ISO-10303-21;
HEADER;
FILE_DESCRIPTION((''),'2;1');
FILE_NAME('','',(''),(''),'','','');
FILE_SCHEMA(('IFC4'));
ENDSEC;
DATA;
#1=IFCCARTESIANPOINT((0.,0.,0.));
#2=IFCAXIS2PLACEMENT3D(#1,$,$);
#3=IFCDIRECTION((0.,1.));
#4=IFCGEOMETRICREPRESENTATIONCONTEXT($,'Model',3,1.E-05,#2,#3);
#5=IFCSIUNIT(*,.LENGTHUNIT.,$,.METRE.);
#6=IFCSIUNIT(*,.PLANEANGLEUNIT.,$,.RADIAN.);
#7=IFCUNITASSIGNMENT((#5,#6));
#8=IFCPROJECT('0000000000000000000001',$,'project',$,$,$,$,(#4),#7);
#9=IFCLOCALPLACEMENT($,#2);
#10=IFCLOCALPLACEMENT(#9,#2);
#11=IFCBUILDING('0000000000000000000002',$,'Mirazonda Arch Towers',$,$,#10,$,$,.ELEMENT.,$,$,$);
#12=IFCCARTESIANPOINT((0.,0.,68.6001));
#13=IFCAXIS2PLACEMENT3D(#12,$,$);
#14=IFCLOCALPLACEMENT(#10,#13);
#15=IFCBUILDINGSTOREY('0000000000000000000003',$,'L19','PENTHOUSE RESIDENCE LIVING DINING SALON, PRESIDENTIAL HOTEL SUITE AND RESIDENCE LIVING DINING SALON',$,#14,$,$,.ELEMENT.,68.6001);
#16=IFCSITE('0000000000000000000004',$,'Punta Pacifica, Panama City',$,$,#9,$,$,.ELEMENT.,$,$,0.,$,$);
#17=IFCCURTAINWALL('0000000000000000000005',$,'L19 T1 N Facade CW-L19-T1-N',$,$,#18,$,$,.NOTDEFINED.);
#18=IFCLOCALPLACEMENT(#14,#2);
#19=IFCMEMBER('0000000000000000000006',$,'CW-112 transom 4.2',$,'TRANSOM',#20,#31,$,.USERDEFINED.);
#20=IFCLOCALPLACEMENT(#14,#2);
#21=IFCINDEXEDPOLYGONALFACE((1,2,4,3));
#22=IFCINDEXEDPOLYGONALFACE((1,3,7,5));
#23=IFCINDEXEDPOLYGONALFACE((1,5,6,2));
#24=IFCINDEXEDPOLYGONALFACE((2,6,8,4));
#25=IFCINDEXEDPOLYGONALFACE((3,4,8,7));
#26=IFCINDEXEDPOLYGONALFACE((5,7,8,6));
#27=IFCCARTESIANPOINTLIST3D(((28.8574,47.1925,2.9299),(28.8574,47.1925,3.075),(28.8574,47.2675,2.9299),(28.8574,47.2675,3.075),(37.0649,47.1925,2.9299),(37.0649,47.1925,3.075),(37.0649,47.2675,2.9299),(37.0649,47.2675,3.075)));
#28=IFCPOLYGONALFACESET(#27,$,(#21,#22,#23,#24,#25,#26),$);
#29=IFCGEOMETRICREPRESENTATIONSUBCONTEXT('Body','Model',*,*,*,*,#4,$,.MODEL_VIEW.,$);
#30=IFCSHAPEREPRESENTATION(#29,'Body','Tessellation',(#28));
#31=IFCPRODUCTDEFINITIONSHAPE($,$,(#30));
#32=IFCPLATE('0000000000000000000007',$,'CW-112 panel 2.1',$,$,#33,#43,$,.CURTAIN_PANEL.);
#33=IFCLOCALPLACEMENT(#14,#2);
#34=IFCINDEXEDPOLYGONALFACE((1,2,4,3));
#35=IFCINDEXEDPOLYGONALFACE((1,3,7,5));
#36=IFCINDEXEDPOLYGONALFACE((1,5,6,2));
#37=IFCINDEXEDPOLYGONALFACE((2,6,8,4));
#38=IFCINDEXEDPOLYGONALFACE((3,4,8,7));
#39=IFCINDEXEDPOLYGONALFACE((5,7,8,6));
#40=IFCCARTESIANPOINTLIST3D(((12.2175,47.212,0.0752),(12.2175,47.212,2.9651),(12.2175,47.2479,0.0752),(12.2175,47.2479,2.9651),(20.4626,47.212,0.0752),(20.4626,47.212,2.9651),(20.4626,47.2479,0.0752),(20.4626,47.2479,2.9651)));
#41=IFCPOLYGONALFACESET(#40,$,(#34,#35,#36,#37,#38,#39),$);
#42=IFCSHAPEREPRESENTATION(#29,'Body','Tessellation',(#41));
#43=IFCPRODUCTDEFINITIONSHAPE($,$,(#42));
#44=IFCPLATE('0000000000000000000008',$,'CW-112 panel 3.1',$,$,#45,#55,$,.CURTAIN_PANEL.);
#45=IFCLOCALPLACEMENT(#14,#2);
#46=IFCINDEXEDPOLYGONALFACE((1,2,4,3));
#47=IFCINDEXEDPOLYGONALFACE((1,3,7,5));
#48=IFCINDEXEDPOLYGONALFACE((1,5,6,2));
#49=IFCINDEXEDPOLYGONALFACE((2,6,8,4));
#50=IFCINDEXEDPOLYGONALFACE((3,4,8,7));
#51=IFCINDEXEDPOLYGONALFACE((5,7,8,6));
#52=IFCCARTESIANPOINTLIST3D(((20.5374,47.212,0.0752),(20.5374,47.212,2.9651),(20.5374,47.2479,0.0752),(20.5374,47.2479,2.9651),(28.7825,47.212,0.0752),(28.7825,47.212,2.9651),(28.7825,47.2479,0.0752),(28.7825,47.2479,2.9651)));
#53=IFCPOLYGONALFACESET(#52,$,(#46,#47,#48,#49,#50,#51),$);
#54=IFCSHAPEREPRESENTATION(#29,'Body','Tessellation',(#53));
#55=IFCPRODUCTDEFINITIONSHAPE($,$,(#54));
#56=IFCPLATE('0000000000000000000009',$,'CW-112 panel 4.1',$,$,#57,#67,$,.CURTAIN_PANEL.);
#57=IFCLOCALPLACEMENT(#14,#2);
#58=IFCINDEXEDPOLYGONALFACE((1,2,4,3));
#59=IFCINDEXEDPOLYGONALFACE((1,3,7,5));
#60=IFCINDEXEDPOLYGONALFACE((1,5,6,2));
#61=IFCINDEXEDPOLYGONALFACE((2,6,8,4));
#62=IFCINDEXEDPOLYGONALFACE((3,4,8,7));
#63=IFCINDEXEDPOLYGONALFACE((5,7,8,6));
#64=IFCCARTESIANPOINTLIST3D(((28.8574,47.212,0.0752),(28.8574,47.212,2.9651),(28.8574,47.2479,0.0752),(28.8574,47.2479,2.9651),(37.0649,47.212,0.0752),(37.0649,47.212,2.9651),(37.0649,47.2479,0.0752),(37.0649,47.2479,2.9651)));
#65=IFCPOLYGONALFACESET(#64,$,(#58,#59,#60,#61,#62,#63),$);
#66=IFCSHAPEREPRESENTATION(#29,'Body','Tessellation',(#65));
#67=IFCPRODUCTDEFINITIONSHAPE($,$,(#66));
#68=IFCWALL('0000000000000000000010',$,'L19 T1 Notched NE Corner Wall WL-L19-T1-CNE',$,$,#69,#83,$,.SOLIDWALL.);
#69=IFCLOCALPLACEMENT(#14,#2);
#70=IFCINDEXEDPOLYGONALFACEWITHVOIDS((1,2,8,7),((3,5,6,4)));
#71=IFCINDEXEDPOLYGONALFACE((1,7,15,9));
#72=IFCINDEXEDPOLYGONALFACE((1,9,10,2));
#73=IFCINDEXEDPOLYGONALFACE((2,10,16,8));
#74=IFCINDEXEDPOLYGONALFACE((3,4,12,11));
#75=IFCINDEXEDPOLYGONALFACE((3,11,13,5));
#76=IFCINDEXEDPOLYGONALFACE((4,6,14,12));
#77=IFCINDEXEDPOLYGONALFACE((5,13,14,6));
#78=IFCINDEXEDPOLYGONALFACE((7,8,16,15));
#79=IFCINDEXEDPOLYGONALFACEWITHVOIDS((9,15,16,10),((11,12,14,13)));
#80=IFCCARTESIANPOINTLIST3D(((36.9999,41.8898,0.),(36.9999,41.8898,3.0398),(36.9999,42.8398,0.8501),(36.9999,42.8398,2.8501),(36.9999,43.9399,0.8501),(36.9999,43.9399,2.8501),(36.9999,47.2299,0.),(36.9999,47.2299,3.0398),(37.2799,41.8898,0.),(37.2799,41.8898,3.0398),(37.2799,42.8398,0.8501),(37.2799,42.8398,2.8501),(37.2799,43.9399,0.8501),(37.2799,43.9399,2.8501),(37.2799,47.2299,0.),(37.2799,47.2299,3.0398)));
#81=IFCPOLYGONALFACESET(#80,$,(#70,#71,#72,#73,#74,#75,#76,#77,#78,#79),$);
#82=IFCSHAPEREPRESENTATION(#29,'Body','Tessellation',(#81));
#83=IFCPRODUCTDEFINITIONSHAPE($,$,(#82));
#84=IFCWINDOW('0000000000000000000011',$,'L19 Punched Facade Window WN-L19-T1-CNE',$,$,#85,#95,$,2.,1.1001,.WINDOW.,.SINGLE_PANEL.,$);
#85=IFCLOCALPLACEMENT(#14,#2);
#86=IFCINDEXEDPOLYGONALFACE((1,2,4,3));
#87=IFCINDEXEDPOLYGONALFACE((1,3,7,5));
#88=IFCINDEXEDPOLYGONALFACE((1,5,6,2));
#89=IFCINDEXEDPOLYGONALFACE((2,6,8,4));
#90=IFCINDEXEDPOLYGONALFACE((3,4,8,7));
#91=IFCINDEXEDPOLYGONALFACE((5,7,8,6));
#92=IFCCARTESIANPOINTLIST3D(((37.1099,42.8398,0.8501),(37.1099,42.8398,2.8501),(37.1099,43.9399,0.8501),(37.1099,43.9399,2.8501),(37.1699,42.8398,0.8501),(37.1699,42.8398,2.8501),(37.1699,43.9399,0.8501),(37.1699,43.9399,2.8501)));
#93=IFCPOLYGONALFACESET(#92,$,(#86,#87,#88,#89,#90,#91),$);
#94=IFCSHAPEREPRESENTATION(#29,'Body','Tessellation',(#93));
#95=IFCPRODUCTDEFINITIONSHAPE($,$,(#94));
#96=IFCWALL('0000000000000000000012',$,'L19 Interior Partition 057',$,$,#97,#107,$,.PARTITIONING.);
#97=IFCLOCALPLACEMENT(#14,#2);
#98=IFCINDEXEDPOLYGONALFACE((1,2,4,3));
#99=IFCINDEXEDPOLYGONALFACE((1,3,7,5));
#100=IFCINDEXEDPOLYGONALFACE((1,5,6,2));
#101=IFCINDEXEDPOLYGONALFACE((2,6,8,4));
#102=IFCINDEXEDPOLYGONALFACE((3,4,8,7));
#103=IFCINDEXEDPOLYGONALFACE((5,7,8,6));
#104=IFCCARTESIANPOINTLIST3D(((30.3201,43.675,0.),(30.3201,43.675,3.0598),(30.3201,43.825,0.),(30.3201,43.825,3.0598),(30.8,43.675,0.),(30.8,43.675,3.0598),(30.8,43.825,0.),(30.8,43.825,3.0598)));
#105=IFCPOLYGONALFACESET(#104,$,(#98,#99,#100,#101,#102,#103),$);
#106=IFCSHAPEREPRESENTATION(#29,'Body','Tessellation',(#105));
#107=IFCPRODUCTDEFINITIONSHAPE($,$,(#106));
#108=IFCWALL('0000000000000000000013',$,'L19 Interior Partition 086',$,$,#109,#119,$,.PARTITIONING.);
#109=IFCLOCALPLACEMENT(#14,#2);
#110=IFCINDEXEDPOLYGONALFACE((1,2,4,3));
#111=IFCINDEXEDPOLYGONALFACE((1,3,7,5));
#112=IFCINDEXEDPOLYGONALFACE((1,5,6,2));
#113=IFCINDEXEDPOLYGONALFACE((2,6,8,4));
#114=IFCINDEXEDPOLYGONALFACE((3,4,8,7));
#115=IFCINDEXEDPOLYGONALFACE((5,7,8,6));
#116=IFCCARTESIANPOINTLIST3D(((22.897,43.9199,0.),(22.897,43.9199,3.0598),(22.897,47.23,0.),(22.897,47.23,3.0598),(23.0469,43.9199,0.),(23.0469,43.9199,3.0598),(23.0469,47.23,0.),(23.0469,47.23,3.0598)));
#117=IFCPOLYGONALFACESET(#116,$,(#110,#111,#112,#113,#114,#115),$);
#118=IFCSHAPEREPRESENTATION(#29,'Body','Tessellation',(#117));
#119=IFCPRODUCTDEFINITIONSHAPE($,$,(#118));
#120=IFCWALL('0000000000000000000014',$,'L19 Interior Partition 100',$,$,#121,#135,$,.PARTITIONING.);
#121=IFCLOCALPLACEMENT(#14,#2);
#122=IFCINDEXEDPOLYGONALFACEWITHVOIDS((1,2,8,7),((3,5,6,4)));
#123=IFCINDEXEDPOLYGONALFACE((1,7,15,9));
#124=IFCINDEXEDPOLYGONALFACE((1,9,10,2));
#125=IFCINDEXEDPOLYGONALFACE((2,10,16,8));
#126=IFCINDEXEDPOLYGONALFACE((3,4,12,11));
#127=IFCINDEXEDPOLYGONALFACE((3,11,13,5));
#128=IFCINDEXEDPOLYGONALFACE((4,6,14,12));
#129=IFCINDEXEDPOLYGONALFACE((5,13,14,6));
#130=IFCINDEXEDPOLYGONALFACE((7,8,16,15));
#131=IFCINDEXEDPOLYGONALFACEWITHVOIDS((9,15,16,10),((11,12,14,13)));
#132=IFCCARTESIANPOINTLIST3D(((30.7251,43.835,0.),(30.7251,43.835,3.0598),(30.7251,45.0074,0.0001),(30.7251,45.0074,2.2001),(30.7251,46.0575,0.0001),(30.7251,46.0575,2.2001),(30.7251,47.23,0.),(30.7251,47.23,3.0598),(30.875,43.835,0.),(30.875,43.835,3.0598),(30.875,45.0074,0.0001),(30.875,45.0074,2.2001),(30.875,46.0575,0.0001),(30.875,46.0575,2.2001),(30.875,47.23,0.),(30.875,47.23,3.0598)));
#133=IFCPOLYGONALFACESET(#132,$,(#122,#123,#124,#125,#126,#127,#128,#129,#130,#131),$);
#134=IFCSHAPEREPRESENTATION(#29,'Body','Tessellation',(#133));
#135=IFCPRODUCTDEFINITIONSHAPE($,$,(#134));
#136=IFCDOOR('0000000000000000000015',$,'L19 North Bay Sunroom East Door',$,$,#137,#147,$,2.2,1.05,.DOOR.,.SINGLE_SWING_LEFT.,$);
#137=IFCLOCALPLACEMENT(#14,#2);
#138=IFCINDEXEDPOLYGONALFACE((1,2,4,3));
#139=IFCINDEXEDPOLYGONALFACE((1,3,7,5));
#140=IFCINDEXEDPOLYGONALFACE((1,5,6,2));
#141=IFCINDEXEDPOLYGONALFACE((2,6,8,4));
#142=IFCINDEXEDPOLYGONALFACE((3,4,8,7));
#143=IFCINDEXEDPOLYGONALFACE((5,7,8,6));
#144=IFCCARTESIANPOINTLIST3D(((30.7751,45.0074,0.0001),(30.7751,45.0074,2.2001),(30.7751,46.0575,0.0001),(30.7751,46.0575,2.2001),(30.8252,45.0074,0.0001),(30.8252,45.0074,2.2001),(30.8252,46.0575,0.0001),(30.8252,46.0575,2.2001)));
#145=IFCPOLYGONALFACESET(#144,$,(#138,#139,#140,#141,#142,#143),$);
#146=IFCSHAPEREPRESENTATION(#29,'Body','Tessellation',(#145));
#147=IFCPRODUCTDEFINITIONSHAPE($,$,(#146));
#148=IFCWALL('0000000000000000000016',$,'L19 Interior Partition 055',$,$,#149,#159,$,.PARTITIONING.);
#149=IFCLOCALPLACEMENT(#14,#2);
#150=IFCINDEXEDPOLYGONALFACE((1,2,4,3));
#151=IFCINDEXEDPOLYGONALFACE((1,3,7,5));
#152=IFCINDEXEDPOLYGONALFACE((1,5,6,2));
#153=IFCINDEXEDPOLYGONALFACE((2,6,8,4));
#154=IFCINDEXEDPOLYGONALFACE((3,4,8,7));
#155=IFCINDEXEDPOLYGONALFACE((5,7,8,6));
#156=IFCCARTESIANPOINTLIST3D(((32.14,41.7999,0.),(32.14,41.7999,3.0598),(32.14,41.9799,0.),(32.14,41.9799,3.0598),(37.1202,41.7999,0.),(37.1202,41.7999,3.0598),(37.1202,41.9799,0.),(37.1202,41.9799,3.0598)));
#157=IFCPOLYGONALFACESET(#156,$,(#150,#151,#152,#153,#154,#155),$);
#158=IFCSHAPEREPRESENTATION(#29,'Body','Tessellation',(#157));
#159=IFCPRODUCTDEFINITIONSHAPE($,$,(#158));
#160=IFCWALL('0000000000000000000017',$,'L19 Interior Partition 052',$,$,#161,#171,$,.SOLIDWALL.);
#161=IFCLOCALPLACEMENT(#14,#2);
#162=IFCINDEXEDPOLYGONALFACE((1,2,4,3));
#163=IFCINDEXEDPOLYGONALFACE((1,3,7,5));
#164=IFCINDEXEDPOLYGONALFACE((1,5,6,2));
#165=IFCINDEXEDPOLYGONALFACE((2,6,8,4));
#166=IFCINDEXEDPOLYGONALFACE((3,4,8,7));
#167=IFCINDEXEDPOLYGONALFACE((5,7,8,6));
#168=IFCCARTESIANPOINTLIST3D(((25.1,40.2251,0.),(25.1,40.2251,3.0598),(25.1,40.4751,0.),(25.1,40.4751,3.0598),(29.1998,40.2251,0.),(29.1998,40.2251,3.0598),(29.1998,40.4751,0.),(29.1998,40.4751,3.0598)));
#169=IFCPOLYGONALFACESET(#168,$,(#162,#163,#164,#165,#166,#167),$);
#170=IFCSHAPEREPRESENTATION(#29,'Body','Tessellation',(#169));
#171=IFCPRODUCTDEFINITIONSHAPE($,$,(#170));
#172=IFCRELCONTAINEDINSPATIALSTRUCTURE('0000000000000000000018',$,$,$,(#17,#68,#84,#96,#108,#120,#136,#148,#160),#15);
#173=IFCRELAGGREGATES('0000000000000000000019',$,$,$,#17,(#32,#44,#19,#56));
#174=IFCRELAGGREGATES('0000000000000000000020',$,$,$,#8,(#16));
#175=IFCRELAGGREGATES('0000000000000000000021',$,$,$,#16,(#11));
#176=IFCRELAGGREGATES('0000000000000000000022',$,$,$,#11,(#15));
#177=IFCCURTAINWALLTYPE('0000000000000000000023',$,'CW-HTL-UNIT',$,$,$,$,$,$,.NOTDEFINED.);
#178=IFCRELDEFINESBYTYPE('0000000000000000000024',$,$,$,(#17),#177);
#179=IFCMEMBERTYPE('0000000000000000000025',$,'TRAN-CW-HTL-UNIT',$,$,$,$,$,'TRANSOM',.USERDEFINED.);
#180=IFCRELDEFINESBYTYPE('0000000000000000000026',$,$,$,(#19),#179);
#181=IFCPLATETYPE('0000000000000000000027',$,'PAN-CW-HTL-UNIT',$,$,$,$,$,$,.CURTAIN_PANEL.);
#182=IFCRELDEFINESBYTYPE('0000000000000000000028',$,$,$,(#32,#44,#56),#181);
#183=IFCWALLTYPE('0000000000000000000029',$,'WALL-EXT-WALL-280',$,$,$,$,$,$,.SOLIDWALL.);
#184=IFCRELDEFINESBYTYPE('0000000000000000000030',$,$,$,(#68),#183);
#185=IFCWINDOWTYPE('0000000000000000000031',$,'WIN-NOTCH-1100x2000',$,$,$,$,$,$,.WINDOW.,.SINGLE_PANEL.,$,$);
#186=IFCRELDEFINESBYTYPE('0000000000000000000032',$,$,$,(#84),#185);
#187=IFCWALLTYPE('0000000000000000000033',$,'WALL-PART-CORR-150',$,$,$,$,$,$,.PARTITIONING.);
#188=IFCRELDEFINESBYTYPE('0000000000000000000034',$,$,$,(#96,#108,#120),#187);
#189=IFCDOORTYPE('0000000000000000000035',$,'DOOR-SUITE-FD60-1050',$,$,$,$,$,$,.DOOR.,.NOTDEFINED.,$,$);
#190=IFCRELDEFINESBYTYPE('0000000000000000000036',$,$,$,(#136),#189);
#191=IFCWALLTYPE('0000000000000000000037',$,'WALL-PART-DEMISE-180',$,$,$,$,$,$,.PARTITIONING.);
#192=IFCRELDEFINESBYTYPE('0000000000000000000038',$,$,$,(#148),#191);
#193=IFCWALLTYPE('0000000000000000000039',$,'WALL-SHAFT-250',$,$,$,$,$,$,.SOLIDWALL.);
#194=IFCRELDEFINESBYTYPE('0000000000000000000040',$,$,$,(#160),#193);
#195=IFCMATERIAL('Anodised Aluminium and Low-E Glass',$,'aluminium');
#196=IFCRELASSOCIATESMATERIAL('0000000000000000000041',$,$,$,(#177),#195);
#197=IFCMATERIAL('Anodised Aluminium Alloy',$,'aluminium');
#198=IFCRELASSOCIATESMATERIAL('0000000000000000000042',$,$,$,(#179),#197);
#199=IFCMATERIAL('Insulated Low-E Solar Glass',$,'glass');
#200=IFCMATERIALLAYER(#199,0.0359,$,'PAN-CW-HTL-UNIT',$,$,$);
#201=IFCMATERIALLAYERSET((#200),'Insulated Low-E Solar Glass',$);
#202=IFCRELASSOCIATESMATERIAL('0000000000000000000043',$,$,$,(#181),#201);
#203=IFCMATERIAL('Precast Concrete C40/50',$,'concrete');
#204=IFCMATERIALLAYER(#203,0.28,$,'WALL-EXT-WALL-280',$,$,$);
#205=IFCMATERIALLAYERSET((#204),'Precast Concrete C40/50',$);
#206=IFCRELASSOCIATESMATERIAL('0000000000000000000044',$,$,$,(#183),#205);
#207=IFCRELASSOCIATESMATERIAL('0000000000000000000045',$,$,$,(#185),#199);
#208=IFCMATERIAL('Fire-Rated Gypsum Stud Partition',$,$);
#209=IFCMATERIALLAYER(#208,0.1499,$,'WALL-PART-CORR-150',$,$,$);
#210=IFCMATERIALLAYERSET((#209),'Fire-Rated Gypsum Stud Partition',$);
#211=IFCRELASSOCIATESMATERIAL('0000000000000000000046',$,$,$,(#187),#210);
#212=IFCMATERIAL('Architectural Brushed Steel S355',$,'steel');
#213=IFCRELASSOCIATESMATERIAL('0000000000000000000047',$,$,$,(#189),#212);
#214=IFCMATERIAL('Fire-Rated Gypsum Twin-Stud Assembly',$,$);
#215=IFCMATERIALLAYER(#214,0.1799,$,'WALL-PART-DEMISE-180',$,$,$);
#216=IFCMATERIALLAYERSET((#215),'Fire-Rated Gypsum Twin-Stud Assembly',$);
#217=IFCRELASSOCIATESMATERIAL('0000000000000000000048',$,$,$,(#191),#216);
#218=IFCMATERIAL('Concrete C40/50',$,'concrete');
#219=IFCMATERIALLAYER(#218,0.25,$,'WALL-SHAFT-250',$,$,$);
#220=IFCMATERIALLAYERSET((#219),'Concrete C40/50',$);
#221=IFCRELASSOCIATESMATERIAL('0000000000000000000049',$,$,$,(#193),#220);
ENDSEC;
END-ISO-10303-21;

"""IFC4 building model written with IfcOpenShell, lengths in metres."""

from ifc_helpers import new_model, si_unit, direction, frame, frame_2d, origin, origin_2d, place, context, subcontext, project, spatial, rectangle, extrude, material, layer, layer_set, material_profile, profile_set, type_object, element, fill, aggregate, save


model = new_model("IFC4")

# Units and contexts
model_context = context("Model", 3, precision=1e-05, world=origin(), true_north=direction((0.0, 1.0)))
body_context = subcontext(model_context, "Body", "Model", "MODEL_VIEW")
ifc_project = project(units=[si_unit("LENGTHUNIT", "METRE"), si_unit("PLANEANGLEUNIT", "RADIAN")], contexts=[model_context])

# Site, building, storey
site_placement = place(None, origin())
site = spatial("IfcSite", under=ifc_project, at=site_placement, Name="Punta Pacifica, Panama City", CompositionType="ELEMENT", RefElevation=0.0)
building_placement = place(site_placement, origin())
building = spatial("IfcBuilding", under=site, at=building_placement, Name="Mirazonda Arch Towers", CompositionType="ELEMENT")
storey_placement = place(building_placement, frame((0.0, 0.0, 68.6001)))
storey = spatial("IfcBuildingStorey", under=building, at=storey_placement, Name="L19", Description="PENTHOUSE RESIDENCE LIVING DINING SALON, PRESIDENTIAL HOTEL SUITE AND RESIDENCE LIVING DINING SALON", CompositionType="ELEMENT", Elevation=68.6001)

# Curtain wall, member, plates
ifc_material_1 = material(Name="Anodised Aluminium and Low-E Glass", Category="aluminium")
curtain_wall_type = type_object("IfcCurtainWallType", Name="CW-HTL-UNIT", PredefinedType="NOTDEFINED", material=ifc_material_1)
curtain_wall_placement = place(storey_placement, origin())
curtain_wall = element("IfcCurtainWall", 1, at=curtain_wall_placement, inside=storey, type_object=curtain_wall_type, Name="L19 T1 N Facade CW-L19-T1-N", PredefinedType="NOTDEFINED")
ifc_material_2 = material(Name="Anodised Aluminium Alloy", Category="aluminium")
ifc_material_profile_1 = material_profile(ifc_material_2, rectangle(XDim=0.075, YDim=0.145, at=origin_2d()), Name="ALU-TRAN-75x145")
ifc_profile_set_1 = profile_set([ifc_material_profile_1], Name="Anodised Aluminium Alloy")
member_type_1 = type_object("IfcMemberType", Name="TRAN-CW-HTL-UNIT", ElementType="TRANSOM", PredefinedType="USERDEFINED", material=ifc_profile_set_1)
member_1_placement = place(storey_placement, frame((28.8574, 47.23, 3.0024), z_axis=(1.0, 0.0, 0.0), x_axis=(0.0, 1.0, 0.0)))
member_1 = element("IfcMember", 2, at=member_1_placement, type_object=member_type_1, Name="CW-112 transom 4.2", ObjectType="TRANSOM", PredefinedType="USERDEFINED", context=body_context, shape_type="SweptSolid", body=[
    extrude(rectangle(XDim=0.075, YDim=0.145, at=origin_2d()), origin(), (0.0, 0.0, 1.0), 8.2075),
])
ifc_material_3 = material(Name="Insulated Low-E Solar Glass", Category="glass")
ifc_layer_1 = layer(ifc_material_3, 0.0359, Name="PAN-CW-HTL-UNIT")
ifc_layer_set_1 = layer_set([ifc_layer_1], Name="Insulated Low-E Solar Glass")
plate_type = type_object("IfcPlateType", Name="PAN-CW-HTL-UNIT", PredefinedType="CURTAIN_PANEL", material=ifc_layer_set_1)
plate_1_placement = place(storey_placement, frame((16.3401, 47.23, 0.0752), z_axis=(0.0, 0.0, 1.0), x_axis=(1.0, 0.0, 0.0)))
plate_1 = element("IfcPlate", 3, at=plate_1_placement, type_object=plate_type, Name="CW-112 panel 2.1", PredefinedType="CURTAIN_PANEL", context=body_context, shape_type="SweptSolid", body=[
    extrude(rectangle(XDim=8.2451, YDim=0.0359, at=origin_2d()), origin(), (0.0, 0.0, 1.0), 2.8899),
])
plate_2_placement = place(storey_placement, frame((24.6599, 47.23, 0.0752), z_axis=(0.0, 0.0, 1.0), x_axis=(1.0, 0.0, 0.0)))
plate_2 = element("IfcPlate", 4, at=plate_2_placement, type_object=plate_type, Name="CW-112 panel 3.1", PredefinedType="CURTAIN_PANEL", context=body_context, shape_type="SweptSolid", body=[
    extrude(rectangle(XDim=8.2451, YDim=0.0359, at=origin_2d()), origin(), (0.0, 0.0, 1.0), 2.8899),
])
plate_3_placement = place(storey_placement, frame((32.9612, 47.23, 0.0752), z_axis=(0.0, 0.0, 1.0), x_axis=(1.0, 0.0, 0.0)))
plate_3 = element("IfcPlate", 5, at=plate_3_placement, type_object=plate_type, Name="CW-112 panel 4.1", PredefinedType="CURTAIN_PANEL", context=body_context, shape_type="SweptSolid", body=[
    extrude(rectangle(XDim=8.2075, YDim=0.0359, at=origin_2d()), origin(), (0.0, 0.0, 1.0), 2.8899),
])
aggregate(curtain_wall, [plate_1, plate_2, member_1, plate_3])

# Wall, opening, window
ifc_material_4 = material(Name="Precast Concrete C40/50", Category="concrete")
ifc_layer_2 = layer(ifc_material_4, 0.28, Name="WALL-EXT-WALL-280")
ifc_layer_set_2 = layer_set([ifc_layer_2], Name="Precast Concrete C40/50")
wall_type_1 = type_object("IfcWallType", Name="WALL-EXT-WALL-280", PredefinedType="SOLIDWALL", material=ifc_layer_set_2)
wall_1_placement = place(storey_placement, frame((37.1399, 41.8899, 0.0), z_axis=(0.0, 0.0, 1.0), x_axis=(0.0, 1.0, 0.0)))
wall_1 = element("IfcWall", 6, at=wall_1_placement, inside=storey, type_object=wall_type_1, Name="L19 T1 Notched NE Corner Wall WL-L19-T1-CNE", PredefinedType="SOLIDWALL", context=body_context, shape_type="SweptSolid", body=[
    extrude(rectangle(XDim=5.3401, YDim=0.28, at=frame_2d((2.6699, 0.0))), origin(), (0.0, 0.0, 1.0), 3.0398),
])
opening_1_placement = place(wall_1_placement, frame((0.95, 0.0, 0.8501)))
opening_1 = element("IfcOpeningElement", 7, at=opening_1_placement, cuts=wall_1, PredefinedType="OPENING", context=body_context, shape_type="SweptSolid", body=[
    extrude(rectangle(XDim=1.1001, YDim=2.0, at=frame_2d((0.55, 1.0))), frame((0.0, 0.1499, 0.0), z_axis=(0.0, -1.0, 0.0), x_axis=(1.0, 0.0, 0.0)), (0.0, 0.0, 1.0), 0.3),
])
window_type = type_object("IfcWindowType", Name="WIN-NOTCH-1100x2000", PartitioningType="SINGLE_PANEL", PredefinedType="WINDOW", material=ifc_material_3)
window_placement = place(opening_1_placement, origin())
window = element("IfcWindow", 8, at=window_placement, inside=storey, type_object=window_type, Name="L19 Punched Facade Window WN-L19-T1-CNE", OverallHeight=2.0, OverallWidth=1.1001, PartitioningType="SINGLE_PANEL", PredefinedType="WINDOW", context=body_context, shape_type="SweptSolid", body=[
    extrude(rectangle(XDim=1.1001, YDim=2.0, at=frame_2d((0.55, 1.0))), frame((0.0, 0.03, 0.0), z_axis=(0.0, -1.0, 0.0), x_axis=(1.0, 0.0, 0.0)), (0.0, 0.0, 1.0), 0.0601),
])
fill(opening_1, window)

# Walls
ifc_material_5 = material(Name="Fire-Rated Gypsum Stud Partition")
ifc_layer_3 = layer(ifc_material_5, 0.1499, Name="WALL-PART-CORR-150")
ifc_layer_set_3 = layer_set([ifc_layer_3], Name="Fire-Rated Gypsum Stud Partition")
wall_type_2 = type_object("IfcWallType", Name="WALL-PART-CORR-150", PredefinedType="PARTITIONING", material=ifc_layer_set_3)
wall_2_placement = place(storey_placement, frame((30.3201, 43.75, 0.0), z_axis=(0.0, 0.0, 1.0), x_axis=(1.0, 0.0, 0.0)))
element("IfcWall", 9, at=wall_2_placement, inside=storey, type_object=wall_type_2, Name="L19 Interior Partition 057", PredefinedType="PARTITIONING", context=body_context, shape_type="SweptSolid", body=[
    extrude(rectangle(XDim=0.48, YDim=0.1499, at=frame_2d((0.24, 0.0))), origin(), (0.0, 0.0, 1.0), 3.0598),
])
wall_3_placement = place(storey_placement, frame((22.9719, 43.9199, 0.0), z_axis=(0.0, 0.0, 1.0), x_axis=(0.0, 1.0, 0.0)))
element("IfcWall", 10, at=wall_3_placement, inside=storey, type_object=wall_type_2, Name="L19 Interior Partition 086", PredefinedType="PARTITIONING", context=body_context, shape_type="SweptSolid", body=[
    extrude(rectangle(XDim=3.3101, YDim=0.1499, at=frame_2d((1.655, 0.0))), origin(), (0.0, 0.0, 1.0), 3.0598),
])

# Wall, opening, door
wall_4_placement = place(storey_placement, frame((30.8, 43.835, 0.0), z_axis=(0.0, 0.0, 1.0), x_axis=(0.0, 1.0, 0.0)))
wall_4 = element("IfcWall", 11, at=wall_4_placement, inside=storey, type_object=wall_type_2, Name="L19 Interior Partition 100", PredefinedType="PARTITIONING", context=body_context, shape_type="SweptSolid", body=[
    extrude(rectangle(XDim=3.395, YDim=0.1499, at=frame_2d((1.6975, 0.0))), origin(), (0.0, 0.0, 1.0), 3.0598),
])
opening_2_placement = place(wall_4_placement, frame((1.1726, 0.0, 0.0)))
opening_2 = element("IfcOpeningElement", 12, at=opening_2_placement, cuts=wall_4, PredefinedType="OPENING", context=body_context, shape_type="SweptSolid", body=[
    extrude(rectangle(XDim=1.05, YDim=2.2, at=frame_2d((0.5249, 1.1001))), frame((0.0, 0.085, 0.0), z_axis=(0.0, -1.0, 0.0), x_axis=(1.0, 0.0, 0.0)), (0.0, 0.0, 1.0), 0.1699),
])
ifc_material_6 = material(Name="Architectural Brushed Steel S355", Category="steel")
door_type_1 = type_object("IfcDoorType", Name="DOOR-SUITE-FD60-1050", OperationType="NOTDEFINED", PredefinedType="DOOR", material=ifc_material_6)
door_1_placement = place(opening_2_placement, origin())
door_1 = element("IfcDoor", 13, at=door_1_placement, inside=storey, type_object=door_type_1, Name="L19 North Bay Sunroom East Door", OperationType="SINGLE_SWING_LEFT", OverallHeight=2.2, OverallWidth=1.05, PredefinedType="DOOR", context=body_context, shape_type="SweptSolid", body=[
    extrude(rectangle(XDim=1.05, YDim=2.2, at=frame_2d((0.5249, 1.1001))), frame((0.0, 0.0249, 0.0), z_axis=(0.0, -1.0, 0.0), x_axis=(1.0, 0.0, 0.0)), (0.0, 0.0, 1.0), 0.05),
])
fill(opening_2, door_1)

# Wall
ifc_material_7 = material(Name="Fire-Rated Gypsum Twin-Stud Assembly")
ifc_layer_4 = layer(ifc_material_7, 0.1799, Name="WALL-PART-DEMISE-180")
ifc_layer_set_4 = layer_set([ifc_layer_4], Name="Fire-Rated Gypsum Twin-Stud Assembly")
wall_type_3 = type_object("IfcWallType", Name="WALL-PART-DEMISE-180", PredefinedType="PARTITIONING", material=ifc_layer_set_4)
wall_5_placement = place(storey_placement, frame((32.1399, 41.8899, 0.0), z_axis=(0.0, 0.0, 1.0), x_axis=(1.0, 0.0, 0.0)))
element("IfcWall", 14, at=wall_5_placement, inside=storey, type_object=wall_type_3, Name="L19 Interior Partition 055", PredefinedType="PARTITIONING", context=body_context, shape_type="SweptSolid", body=[
    extrude(rectangle(XDim=4.9802, YDim=0.1799, at=frame_2d((2.4902, 0.0))), origin(), (0.0, 0.0, 1.0), 3.0598),
])

# Wall
ifc_material_8 = material(Name="Concrete C40/50", Category="concrete")
ifc_layer_5 = layer(ifc_material_8, 0.25, Name="WALL-SHAFT-250")
ifc_layer_set_5 = layer_set([ifc_layer_5], Name="Concrete C40/50")
wall_type_4 = type_object("IfcWallType", Name="WALL-SHAFT-250", PredefinedType="SOLIDWALL", material=ifc_layer_set_5)
wall_6_placement = place(storey_placement, frame((25.1001, 40.3501, 0.0), z_axis=(0.0, 0.0, 1.0), x_axis=(1.0, 0.0, 0.0)))
element("IfcWall", 15, at=wall_6_placement, inside=storey, type_object=wall_type_4, Name="L19 Interior Partition 052", PredefinedType="SOLIDWALL", context=body_context, shape_type="SweptSolid", body=[
    extrude(rectangle(XDim=4.0999, YDim=0.25, at=frame_2d((2.0498, 0.0))), origin(), (0.0, 0.0, 1.0), 3.0598),
])

save(model, "model.ifc")
